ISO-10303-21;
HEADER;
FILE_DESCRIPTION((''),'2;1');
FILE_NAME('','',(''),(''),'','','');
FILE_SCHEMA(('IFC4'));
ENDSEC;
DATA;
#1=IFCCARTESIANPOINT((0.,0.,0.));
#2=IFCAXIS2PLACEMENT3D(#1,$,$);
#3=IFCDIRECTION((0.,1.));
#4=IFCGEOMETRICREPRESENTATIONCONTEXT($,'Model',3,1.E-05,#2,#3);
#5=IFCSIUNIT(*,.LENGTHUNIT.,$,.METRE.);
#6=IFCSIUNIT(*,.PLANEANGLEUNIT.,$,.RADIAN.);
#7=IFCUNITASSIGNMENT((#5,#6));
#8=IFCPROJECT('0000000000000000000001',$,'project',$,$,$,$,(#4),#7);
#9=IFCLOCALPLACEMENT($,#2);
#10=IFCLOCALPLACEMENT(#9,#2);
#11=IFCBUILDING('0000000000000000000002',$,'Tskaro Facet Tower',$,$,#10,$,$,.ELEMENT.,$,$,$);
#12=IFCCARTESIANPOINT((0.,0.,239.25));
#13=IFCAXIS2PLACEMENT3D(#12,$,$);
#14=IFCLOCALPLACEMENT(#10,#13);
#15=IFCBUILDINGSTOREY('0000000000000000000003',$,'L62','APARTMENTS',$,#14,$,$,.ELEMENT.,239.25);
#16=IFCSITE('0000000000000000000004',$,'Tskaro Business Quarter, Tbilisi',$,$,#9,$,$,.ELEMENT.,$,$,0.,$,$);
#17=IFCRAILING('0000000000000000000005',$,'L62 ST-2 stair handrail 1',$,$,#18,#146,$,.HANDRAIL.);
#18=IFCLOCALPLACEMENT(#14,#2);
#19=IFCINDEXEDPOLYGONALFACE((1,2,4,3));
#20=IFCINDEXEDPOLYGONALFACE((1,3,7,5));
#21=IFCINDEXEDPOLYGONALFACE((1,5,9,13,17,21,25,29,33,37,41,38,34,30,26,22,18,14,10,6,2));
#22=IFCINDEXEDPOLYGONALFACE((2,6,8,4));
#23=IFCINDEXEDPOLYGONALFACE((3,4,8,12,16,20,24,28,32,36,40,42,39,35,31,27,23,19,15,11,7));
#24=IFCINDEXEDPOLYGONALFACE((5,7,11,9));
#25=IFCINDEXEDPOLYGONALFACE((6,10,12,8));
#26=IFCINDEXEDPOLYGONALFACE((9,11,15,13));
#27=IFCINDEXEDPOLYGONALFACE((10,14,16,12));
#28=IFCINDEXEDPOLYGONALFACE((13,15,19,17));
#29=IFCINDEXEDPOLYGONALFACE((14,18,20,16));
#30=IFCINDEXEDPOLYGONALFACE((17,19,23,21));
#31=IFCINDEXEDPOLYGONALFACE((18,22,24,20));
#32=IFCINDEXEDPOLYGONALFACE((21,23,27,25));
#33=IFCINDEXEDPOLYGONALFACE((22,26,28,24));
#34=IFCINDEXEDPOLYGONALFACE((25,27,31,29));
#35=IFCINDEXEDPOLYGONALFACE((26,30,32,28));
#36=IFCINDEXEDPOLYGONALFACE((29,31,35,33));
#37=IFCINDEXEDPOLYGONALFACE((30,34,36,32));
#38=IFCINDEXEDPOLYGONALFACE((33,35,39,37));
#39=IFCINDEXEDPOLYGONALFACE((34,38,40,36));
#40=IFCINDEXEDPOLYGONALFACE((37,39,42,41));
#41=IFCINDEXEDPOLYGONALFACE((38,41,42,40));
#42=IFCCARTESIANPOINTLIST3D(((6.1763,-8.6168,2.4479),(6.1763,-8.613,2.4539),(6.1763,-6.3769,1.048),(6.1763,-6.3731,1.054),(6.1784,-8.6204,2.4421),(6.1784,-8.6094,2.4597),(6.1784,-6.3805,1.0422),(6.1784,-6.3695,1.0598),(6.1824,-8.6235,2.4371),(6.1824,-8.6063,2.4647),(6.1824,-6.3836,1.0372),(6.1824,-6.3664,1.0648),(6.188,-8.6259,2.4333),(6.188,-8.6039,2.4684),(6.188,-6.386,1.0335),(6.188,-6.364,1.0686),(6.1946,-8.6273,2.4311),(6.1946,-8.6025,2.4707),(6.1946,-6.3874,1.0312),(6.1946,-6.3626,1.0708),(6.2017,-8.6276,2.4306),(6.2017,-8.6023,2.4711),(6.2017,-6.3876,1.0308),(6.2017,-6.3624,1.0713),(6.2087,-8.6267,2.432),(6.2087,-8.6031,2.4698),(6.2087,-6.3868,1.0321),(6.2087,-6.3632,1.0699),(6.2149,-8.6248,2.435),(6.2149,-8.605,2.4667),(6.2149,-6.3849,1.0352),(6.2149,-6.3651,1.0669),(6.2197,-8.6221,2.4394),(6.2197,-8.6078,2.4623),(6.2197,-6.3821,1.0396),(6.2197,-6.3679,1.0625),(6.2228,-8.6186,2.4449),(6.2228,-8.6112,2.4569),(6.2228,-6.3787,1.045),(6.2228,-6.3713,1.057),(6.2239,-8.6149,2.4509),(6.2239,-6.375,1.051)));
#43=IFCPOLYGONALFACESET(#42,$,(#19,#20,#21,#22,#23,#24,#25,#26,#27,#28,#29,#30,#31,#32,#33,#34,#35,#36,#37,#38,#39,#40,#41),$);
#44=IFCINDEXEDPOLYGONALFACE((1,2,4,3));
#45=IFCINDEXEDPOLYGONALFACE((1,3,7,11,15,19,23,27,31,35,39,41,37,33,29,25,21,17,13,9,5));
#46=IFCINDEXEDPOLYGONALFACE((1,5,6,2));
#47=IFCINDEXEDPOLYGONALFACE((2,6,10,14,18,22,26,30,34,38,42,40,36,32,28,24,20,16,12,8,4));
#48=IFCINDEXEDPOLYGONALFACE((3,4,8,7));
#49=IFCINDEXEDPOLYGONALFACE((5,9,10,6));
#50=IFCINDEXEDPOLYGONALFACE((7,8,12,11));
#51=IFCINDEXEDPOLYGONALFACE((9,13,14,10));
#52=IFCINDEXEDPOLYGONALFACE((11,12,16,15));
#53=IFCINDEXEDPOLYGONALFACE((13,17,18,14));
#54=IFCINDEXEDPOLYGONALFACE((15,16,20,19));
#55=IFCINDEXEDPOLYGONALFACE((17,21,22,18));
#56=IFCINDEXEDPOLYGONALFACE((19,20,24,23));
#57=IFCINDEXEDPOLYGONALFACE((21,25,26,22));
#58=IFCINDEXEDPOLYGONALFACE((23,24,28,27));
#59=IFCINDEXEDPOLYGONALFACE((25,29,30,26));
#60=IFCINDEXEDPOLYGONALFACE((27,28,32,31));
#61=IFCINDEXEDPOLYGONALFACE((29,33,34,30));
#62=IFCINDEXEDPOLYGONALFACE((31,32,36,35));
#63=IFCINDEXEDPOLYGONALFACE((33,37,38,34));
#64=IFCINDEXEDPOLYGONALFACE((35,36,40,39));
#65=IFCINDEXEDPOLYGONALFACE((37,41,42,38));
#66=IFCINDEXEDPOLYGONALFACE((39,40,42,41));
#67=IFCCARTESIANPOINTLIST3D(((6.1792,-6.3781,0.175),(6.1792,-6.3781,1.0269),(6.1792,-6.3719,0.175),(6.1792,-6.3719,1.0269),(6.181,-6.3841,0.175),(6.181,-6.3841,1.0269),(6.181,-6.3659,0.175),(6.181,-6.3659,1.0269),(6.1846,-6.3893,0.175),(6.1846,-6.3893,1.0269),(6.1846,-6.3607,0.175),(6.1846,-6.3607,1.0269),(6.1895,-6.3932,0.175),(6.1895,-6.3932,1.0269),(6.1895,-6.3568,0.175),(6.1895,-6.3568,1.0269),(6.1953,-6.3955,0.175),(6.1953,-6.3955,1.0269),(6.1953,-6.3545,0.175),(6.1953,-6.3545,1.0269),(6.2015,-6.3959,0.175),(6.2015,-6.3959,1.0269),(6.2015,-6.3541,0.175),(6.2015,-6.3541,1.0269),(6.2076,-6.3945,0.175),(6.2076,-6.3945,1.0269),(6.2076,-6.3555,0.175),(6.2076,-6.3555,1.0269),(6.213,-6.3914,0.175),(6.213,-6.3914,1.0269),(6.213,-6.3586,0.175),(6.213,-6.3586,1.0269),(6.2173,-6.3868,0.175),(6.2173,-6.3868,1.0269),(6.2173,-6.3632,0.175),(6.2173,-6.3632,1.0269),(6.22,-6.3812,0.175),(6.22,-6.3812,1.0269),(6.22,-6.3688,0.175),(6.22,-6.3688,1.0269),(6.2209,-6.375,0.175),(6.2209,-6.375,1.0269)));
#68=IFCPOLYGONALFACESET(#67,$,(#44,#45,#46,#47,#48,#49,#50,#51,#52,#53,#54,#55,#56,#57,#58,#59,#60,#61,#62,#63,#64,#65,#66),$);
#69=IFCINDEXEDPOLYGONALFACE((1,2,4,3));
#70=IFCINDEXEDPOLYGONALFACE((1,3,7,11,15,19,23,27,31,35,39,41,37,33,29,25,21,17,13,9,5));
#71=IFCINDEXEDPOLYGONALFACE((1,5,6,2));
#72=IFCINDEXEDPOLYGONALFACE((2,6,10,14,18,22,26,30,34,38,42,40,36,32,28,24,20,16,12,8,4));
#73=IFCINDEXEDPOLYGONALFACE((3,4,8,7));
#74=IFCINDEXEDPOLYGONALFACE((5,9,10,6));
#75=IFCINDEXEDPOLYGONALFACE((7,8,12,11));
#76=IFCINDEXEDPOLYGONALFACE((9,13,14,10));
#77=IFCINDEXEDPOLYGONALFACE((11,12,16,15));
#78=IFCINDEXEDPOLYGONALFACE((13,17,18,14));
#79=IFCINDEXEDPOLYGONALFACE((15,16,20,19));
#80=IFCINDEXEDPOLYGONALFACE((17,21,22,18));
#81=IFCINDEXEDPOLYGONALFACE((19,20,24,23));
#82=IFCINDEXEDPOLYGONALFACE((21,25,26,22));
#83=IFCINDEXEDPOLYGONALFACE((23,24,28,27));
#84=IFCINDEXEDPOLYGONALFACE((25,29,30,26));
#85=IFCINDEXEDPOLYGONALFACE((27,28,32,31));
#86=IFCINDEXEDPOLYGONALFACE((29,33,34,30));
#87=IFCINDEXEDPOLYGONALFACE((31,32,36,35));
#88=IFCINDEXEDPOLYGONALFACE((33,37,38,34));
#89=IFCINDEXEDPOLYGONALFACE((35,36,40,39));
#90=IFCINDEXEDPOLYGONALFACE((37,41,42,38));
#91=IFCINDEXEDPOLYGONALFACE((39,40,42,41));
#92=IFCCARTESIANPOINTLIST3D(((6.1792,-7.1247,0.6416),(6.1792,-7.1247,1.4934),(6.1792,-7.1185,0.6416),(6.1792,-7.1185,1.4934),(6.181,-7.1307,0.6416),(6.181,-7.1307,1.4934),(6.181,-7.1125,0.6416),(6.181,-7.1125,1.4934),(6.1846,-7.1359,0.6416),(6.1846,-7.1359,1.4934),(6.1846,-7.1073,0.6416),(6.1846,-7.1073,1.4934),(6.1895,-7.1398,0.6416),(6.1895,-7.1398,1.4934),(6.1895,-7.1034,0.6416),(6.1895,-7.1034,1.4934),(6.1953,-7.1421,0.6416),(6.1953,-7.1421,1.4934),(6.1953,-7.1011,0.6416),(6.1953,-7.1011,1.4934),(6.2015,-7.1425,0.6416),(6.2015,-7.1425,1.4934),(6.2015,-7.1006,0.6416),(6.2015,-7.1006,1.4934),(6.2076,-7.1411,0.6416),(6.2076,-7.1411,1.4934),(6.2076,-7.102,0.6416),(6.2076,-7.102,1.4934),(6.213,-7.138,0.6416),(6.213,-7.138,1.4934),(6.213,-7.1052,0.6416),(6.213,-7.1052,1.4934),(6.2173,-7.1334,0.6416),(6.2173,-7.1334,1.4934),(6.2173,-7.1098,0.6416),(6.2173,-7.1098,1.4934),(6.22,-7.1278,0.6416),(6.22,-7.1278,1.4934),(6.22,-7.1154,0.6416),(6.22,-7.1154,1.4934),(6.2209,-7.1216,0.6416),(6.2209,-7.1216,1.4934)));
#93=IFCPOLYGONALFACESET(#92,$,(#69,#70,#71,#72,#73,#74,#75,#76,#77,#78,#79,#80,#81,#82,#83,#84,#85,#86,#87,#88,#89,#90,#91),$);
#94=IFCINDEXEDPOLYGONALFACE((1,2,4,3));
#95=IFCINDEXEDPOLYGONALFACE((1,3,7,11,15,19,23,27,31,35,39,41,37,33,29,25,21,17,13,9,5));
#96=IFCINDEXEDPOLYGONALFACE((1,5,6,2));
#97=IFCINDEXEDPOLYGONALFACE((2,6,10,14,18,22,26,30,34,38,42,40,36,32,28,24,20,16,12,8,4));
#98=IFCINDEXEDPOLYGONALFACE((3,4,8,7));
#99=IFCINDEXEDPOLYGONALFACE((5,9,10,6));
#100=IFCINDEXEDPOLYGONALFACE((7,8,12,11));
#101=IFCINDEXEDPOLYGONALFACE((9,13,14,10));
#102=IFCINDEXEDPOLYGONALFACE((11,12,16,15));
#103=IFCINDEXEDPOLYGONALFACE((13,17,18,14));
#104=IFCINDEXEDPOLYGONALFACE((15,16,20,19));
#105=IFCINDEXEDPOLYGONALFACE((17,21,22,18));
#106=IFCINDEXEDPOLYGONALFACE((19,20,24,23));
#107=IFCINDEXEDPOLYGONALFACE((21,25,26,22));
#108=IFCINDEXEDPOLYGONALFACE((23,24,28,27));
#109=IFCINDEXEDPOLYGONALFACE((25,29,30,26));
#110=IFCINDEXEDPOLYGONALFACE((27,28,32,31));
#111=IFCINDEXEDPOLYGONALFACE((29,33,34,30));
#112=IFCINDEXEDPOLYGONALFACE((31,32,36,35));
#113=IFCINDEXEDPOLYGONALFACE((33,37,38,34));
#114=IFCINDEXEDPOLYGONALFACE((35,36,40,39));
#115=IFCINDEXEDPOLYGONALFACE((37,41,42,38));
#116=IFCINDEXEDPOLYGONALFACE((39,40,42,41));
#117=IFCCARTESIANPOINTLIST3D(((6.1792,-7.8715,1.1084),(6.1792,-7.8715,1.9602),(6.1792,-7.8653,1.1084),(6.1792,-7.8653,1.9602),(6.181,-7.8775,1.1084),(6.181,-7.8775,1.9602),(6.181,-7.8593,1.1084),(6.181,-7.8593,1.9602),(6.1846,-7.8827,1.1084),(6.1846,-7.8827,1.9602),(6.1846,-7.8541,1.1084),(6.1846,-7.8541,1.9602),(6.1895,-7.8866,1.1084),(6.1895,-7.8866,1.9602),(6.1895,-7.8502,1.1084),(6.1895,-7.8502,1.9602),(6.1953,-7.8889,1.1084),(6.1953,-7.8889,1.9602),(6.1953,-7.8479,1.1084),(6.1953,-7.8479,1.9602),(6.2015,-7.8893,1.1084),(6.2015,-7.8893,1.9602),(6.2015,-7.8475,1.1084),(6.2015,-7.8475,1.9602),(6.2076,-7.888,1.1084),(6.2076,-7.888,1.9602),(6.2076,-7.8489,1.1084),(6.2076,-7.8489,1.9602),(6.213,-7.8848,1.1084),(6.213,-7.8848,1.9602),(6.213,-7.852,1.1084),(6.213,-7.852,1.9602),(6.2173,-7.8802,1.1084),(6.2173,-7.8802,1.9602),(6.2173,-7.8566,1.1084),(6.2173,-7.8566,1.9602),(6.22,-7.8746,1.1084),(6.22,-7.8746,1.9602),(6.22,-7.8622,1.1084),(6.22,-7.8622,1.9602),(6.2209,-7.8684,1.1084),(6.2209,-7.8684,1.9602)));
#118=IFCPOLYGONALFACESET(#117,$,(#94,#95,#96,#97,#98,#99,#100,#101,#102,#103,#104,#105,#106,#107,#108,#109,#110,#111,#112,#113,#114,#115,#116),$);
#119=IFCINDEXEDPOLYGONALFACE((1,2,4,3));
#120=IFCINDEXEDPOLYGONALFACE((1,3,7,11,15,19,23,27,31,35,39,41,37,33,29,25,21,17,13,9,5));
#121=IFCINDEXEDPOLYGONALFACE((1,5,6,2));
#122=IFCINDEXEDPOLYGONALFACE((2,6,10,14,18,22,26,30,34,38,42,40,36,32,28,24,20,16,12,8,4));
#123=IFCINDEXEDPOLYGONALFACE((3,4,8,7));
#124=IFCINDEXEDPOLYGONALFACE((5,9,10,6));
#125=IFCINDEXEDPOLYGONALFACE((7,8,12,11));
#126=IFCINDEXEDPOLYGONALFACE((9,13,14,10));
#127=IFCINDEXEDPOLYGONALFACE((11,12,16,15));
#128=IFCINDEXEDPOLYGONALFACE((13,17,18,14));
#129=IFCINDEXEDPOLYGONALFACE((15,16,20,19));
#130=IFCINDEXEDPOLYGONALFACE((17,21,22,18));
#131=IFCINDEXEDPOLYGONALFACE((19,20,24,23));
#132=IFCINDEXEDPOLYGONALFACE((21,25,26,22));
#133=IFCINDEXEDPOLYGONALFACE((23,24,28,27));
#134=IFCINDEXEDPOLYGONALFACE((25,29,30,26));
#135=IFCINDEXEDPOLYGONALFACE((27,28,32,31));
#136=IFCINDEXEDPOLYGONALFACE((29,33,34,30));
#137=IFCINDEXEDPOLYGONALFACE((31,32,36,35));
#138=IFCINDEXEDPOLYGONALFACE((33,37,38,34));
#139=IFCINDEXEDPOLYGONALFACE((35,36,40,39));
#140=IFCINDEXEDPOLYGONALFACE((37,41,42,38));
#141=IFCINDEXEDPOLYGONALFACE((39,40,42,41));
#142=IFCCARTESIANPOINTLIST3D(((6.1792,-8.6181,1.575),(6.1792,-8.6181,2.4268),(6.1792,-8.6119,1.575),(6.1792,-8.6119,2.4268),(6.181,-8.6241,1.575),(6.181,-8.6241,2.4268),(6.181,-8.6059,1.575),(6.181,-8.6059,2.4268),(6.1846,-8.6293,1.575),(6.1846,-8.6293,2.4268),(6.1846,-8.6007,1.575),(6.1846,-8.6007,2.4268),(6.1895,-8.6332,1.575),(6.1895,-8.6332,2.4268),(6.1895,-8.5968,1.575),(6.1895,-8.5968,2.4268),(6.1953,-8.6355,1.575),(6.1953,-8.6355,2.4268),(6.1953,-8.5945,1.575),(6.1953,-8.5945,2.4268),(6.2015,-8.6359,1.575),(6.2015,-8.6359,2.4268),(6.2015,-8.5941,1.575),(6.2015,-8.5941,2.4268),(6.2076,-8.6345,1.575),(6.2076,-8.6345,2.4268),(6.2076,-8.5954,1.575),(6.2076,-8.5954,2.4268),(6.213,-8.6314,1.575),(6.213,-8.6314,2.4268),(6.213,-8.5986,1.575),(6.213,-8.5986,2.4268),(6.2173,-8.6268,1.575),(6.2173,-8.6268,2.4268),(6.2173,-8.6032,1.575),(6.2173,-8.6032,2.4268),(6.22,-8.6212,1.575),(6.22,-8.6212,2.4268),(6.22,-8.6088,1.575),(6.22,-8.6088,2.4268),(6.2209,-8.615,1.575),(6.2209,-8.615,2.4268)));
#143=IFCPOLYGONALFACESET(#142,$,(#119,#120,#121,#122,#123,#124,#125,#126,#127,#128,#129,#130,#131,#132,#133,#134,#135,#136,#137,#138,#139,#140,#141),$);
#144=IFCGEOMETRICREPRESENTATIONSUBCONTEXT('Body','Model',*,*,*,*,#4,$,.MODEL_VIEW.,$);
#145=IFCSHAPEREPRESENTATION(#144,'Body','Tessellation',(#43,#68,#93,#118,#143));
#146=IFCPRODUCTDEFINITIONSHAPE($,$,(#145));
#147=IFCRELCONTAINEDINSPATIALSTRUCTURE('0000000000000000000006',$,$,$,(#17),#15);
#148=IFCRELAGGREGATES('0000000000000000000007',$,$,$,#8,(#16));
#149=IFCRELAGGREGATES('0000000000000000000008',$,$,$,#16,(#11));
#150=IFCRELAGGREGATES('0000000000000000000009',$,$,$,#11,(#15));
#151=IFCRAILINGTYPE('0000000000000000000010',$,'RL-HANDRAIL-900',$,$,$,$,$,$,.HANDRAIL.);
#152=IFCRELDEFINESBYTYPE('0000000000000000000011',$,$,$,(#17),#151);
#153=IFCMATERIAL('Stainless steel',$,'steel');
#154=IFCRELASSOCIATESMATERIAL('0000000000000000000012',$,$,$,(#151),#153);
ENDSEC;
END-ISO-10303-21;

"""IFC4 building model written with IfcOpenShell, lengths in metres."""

from ifc_helpers import new_model, si_unit, direction, frame, origin, origin_2d, place, context, subcontext, project, spatial, circle, extrude, material, type_object, element, save


model = new_model("IFC4")

# Units and contexts
model_context = context("Model", 3, precision=1e-05, world=origin(), true_north=direction((0.0, 1.0)))
body_context = subcontext(model_context, "Body", "Model", "MODEL_VIEW")
ifc_project = project(units=[si_unit("LENGTHUNIT", "METRE"), si_unit("PLANEANGLEUNIT", "RADIAN")], contexts=[model_context])

# Site, building, storey
site_placement = place(None, origin())
site = spatial("IfcSite", under=ifc_project, at=site_placement, Name="Tskaro Business Quarter, Tbilisi", CompositionType="ELEMENT", RefElevation=0.0)
building_placement = place(site_placement, origin())
building = spatial("IfcBuilding", under=site, at=building_placement, Name="Tskaro Facet Tower", CompositionType="ELEMENT")
storey_placement = place(building_placement, frame((0.0, 0.0, 239.25)))
storey = spatial("IfcBuildingStorey", under=building, at=storey_placement, Name="L62", Description="APARTMENTS", CompositionType="ELEMENT", Elevation=239.25)

# Railing
ifc_material_1 = material(Name="Stainless steel", Category="steel")
railing_type_1 = type_object("IfcRailingType", Name="RL-HANDRAIL-900", PredefinedType="HANDRAIL", material=ifc_material_1)
railing_1_placement = place(storey_placement, frame((6.2, -6.375, 0.175)))
element("IfcRailing", 1, at=railing_1_placement, inside=storey, type_object=railing_type_1, Name="L62 ST-2 stair handrail 1", PredefinedType="HANDRAIL", context=body_context, shape_type="SweptSolid", body=[
    extrude(circle(Radius=0.0239, at=origin_2d()), frame((0.0, 0.0, 0.876), z_axis=(0.0, -0.848014, 0.529974), x_axis=(1.0, 0.0, 0.0)), (0.0, 0.0, 1.0), 2.6414),
    extrude(circle(Radius=0.021, at=origin_2d()), origin(), (0.0, 0.0, 1.0), 0.8518),
    extrude(circle(Radius=0.021, at=origin_2d()), frame((0.0, -0.7466, 0.4666)), (0.0, 0.0, 1.0), 0.8518),
    extrude(circle(Radius=0.021, at=origin_2d()), frame((0.0, -1.4934, 0.9333)), (0.0, 0.0, 1.0), 0.8518),
    extrude(circle(Radius=0.021, at=origin_2d()), frame((0.0, -2.24, 1.3999)), (0.0, 0.0, 1.0), 0.8518),
])

save(model, "model.ifc")
